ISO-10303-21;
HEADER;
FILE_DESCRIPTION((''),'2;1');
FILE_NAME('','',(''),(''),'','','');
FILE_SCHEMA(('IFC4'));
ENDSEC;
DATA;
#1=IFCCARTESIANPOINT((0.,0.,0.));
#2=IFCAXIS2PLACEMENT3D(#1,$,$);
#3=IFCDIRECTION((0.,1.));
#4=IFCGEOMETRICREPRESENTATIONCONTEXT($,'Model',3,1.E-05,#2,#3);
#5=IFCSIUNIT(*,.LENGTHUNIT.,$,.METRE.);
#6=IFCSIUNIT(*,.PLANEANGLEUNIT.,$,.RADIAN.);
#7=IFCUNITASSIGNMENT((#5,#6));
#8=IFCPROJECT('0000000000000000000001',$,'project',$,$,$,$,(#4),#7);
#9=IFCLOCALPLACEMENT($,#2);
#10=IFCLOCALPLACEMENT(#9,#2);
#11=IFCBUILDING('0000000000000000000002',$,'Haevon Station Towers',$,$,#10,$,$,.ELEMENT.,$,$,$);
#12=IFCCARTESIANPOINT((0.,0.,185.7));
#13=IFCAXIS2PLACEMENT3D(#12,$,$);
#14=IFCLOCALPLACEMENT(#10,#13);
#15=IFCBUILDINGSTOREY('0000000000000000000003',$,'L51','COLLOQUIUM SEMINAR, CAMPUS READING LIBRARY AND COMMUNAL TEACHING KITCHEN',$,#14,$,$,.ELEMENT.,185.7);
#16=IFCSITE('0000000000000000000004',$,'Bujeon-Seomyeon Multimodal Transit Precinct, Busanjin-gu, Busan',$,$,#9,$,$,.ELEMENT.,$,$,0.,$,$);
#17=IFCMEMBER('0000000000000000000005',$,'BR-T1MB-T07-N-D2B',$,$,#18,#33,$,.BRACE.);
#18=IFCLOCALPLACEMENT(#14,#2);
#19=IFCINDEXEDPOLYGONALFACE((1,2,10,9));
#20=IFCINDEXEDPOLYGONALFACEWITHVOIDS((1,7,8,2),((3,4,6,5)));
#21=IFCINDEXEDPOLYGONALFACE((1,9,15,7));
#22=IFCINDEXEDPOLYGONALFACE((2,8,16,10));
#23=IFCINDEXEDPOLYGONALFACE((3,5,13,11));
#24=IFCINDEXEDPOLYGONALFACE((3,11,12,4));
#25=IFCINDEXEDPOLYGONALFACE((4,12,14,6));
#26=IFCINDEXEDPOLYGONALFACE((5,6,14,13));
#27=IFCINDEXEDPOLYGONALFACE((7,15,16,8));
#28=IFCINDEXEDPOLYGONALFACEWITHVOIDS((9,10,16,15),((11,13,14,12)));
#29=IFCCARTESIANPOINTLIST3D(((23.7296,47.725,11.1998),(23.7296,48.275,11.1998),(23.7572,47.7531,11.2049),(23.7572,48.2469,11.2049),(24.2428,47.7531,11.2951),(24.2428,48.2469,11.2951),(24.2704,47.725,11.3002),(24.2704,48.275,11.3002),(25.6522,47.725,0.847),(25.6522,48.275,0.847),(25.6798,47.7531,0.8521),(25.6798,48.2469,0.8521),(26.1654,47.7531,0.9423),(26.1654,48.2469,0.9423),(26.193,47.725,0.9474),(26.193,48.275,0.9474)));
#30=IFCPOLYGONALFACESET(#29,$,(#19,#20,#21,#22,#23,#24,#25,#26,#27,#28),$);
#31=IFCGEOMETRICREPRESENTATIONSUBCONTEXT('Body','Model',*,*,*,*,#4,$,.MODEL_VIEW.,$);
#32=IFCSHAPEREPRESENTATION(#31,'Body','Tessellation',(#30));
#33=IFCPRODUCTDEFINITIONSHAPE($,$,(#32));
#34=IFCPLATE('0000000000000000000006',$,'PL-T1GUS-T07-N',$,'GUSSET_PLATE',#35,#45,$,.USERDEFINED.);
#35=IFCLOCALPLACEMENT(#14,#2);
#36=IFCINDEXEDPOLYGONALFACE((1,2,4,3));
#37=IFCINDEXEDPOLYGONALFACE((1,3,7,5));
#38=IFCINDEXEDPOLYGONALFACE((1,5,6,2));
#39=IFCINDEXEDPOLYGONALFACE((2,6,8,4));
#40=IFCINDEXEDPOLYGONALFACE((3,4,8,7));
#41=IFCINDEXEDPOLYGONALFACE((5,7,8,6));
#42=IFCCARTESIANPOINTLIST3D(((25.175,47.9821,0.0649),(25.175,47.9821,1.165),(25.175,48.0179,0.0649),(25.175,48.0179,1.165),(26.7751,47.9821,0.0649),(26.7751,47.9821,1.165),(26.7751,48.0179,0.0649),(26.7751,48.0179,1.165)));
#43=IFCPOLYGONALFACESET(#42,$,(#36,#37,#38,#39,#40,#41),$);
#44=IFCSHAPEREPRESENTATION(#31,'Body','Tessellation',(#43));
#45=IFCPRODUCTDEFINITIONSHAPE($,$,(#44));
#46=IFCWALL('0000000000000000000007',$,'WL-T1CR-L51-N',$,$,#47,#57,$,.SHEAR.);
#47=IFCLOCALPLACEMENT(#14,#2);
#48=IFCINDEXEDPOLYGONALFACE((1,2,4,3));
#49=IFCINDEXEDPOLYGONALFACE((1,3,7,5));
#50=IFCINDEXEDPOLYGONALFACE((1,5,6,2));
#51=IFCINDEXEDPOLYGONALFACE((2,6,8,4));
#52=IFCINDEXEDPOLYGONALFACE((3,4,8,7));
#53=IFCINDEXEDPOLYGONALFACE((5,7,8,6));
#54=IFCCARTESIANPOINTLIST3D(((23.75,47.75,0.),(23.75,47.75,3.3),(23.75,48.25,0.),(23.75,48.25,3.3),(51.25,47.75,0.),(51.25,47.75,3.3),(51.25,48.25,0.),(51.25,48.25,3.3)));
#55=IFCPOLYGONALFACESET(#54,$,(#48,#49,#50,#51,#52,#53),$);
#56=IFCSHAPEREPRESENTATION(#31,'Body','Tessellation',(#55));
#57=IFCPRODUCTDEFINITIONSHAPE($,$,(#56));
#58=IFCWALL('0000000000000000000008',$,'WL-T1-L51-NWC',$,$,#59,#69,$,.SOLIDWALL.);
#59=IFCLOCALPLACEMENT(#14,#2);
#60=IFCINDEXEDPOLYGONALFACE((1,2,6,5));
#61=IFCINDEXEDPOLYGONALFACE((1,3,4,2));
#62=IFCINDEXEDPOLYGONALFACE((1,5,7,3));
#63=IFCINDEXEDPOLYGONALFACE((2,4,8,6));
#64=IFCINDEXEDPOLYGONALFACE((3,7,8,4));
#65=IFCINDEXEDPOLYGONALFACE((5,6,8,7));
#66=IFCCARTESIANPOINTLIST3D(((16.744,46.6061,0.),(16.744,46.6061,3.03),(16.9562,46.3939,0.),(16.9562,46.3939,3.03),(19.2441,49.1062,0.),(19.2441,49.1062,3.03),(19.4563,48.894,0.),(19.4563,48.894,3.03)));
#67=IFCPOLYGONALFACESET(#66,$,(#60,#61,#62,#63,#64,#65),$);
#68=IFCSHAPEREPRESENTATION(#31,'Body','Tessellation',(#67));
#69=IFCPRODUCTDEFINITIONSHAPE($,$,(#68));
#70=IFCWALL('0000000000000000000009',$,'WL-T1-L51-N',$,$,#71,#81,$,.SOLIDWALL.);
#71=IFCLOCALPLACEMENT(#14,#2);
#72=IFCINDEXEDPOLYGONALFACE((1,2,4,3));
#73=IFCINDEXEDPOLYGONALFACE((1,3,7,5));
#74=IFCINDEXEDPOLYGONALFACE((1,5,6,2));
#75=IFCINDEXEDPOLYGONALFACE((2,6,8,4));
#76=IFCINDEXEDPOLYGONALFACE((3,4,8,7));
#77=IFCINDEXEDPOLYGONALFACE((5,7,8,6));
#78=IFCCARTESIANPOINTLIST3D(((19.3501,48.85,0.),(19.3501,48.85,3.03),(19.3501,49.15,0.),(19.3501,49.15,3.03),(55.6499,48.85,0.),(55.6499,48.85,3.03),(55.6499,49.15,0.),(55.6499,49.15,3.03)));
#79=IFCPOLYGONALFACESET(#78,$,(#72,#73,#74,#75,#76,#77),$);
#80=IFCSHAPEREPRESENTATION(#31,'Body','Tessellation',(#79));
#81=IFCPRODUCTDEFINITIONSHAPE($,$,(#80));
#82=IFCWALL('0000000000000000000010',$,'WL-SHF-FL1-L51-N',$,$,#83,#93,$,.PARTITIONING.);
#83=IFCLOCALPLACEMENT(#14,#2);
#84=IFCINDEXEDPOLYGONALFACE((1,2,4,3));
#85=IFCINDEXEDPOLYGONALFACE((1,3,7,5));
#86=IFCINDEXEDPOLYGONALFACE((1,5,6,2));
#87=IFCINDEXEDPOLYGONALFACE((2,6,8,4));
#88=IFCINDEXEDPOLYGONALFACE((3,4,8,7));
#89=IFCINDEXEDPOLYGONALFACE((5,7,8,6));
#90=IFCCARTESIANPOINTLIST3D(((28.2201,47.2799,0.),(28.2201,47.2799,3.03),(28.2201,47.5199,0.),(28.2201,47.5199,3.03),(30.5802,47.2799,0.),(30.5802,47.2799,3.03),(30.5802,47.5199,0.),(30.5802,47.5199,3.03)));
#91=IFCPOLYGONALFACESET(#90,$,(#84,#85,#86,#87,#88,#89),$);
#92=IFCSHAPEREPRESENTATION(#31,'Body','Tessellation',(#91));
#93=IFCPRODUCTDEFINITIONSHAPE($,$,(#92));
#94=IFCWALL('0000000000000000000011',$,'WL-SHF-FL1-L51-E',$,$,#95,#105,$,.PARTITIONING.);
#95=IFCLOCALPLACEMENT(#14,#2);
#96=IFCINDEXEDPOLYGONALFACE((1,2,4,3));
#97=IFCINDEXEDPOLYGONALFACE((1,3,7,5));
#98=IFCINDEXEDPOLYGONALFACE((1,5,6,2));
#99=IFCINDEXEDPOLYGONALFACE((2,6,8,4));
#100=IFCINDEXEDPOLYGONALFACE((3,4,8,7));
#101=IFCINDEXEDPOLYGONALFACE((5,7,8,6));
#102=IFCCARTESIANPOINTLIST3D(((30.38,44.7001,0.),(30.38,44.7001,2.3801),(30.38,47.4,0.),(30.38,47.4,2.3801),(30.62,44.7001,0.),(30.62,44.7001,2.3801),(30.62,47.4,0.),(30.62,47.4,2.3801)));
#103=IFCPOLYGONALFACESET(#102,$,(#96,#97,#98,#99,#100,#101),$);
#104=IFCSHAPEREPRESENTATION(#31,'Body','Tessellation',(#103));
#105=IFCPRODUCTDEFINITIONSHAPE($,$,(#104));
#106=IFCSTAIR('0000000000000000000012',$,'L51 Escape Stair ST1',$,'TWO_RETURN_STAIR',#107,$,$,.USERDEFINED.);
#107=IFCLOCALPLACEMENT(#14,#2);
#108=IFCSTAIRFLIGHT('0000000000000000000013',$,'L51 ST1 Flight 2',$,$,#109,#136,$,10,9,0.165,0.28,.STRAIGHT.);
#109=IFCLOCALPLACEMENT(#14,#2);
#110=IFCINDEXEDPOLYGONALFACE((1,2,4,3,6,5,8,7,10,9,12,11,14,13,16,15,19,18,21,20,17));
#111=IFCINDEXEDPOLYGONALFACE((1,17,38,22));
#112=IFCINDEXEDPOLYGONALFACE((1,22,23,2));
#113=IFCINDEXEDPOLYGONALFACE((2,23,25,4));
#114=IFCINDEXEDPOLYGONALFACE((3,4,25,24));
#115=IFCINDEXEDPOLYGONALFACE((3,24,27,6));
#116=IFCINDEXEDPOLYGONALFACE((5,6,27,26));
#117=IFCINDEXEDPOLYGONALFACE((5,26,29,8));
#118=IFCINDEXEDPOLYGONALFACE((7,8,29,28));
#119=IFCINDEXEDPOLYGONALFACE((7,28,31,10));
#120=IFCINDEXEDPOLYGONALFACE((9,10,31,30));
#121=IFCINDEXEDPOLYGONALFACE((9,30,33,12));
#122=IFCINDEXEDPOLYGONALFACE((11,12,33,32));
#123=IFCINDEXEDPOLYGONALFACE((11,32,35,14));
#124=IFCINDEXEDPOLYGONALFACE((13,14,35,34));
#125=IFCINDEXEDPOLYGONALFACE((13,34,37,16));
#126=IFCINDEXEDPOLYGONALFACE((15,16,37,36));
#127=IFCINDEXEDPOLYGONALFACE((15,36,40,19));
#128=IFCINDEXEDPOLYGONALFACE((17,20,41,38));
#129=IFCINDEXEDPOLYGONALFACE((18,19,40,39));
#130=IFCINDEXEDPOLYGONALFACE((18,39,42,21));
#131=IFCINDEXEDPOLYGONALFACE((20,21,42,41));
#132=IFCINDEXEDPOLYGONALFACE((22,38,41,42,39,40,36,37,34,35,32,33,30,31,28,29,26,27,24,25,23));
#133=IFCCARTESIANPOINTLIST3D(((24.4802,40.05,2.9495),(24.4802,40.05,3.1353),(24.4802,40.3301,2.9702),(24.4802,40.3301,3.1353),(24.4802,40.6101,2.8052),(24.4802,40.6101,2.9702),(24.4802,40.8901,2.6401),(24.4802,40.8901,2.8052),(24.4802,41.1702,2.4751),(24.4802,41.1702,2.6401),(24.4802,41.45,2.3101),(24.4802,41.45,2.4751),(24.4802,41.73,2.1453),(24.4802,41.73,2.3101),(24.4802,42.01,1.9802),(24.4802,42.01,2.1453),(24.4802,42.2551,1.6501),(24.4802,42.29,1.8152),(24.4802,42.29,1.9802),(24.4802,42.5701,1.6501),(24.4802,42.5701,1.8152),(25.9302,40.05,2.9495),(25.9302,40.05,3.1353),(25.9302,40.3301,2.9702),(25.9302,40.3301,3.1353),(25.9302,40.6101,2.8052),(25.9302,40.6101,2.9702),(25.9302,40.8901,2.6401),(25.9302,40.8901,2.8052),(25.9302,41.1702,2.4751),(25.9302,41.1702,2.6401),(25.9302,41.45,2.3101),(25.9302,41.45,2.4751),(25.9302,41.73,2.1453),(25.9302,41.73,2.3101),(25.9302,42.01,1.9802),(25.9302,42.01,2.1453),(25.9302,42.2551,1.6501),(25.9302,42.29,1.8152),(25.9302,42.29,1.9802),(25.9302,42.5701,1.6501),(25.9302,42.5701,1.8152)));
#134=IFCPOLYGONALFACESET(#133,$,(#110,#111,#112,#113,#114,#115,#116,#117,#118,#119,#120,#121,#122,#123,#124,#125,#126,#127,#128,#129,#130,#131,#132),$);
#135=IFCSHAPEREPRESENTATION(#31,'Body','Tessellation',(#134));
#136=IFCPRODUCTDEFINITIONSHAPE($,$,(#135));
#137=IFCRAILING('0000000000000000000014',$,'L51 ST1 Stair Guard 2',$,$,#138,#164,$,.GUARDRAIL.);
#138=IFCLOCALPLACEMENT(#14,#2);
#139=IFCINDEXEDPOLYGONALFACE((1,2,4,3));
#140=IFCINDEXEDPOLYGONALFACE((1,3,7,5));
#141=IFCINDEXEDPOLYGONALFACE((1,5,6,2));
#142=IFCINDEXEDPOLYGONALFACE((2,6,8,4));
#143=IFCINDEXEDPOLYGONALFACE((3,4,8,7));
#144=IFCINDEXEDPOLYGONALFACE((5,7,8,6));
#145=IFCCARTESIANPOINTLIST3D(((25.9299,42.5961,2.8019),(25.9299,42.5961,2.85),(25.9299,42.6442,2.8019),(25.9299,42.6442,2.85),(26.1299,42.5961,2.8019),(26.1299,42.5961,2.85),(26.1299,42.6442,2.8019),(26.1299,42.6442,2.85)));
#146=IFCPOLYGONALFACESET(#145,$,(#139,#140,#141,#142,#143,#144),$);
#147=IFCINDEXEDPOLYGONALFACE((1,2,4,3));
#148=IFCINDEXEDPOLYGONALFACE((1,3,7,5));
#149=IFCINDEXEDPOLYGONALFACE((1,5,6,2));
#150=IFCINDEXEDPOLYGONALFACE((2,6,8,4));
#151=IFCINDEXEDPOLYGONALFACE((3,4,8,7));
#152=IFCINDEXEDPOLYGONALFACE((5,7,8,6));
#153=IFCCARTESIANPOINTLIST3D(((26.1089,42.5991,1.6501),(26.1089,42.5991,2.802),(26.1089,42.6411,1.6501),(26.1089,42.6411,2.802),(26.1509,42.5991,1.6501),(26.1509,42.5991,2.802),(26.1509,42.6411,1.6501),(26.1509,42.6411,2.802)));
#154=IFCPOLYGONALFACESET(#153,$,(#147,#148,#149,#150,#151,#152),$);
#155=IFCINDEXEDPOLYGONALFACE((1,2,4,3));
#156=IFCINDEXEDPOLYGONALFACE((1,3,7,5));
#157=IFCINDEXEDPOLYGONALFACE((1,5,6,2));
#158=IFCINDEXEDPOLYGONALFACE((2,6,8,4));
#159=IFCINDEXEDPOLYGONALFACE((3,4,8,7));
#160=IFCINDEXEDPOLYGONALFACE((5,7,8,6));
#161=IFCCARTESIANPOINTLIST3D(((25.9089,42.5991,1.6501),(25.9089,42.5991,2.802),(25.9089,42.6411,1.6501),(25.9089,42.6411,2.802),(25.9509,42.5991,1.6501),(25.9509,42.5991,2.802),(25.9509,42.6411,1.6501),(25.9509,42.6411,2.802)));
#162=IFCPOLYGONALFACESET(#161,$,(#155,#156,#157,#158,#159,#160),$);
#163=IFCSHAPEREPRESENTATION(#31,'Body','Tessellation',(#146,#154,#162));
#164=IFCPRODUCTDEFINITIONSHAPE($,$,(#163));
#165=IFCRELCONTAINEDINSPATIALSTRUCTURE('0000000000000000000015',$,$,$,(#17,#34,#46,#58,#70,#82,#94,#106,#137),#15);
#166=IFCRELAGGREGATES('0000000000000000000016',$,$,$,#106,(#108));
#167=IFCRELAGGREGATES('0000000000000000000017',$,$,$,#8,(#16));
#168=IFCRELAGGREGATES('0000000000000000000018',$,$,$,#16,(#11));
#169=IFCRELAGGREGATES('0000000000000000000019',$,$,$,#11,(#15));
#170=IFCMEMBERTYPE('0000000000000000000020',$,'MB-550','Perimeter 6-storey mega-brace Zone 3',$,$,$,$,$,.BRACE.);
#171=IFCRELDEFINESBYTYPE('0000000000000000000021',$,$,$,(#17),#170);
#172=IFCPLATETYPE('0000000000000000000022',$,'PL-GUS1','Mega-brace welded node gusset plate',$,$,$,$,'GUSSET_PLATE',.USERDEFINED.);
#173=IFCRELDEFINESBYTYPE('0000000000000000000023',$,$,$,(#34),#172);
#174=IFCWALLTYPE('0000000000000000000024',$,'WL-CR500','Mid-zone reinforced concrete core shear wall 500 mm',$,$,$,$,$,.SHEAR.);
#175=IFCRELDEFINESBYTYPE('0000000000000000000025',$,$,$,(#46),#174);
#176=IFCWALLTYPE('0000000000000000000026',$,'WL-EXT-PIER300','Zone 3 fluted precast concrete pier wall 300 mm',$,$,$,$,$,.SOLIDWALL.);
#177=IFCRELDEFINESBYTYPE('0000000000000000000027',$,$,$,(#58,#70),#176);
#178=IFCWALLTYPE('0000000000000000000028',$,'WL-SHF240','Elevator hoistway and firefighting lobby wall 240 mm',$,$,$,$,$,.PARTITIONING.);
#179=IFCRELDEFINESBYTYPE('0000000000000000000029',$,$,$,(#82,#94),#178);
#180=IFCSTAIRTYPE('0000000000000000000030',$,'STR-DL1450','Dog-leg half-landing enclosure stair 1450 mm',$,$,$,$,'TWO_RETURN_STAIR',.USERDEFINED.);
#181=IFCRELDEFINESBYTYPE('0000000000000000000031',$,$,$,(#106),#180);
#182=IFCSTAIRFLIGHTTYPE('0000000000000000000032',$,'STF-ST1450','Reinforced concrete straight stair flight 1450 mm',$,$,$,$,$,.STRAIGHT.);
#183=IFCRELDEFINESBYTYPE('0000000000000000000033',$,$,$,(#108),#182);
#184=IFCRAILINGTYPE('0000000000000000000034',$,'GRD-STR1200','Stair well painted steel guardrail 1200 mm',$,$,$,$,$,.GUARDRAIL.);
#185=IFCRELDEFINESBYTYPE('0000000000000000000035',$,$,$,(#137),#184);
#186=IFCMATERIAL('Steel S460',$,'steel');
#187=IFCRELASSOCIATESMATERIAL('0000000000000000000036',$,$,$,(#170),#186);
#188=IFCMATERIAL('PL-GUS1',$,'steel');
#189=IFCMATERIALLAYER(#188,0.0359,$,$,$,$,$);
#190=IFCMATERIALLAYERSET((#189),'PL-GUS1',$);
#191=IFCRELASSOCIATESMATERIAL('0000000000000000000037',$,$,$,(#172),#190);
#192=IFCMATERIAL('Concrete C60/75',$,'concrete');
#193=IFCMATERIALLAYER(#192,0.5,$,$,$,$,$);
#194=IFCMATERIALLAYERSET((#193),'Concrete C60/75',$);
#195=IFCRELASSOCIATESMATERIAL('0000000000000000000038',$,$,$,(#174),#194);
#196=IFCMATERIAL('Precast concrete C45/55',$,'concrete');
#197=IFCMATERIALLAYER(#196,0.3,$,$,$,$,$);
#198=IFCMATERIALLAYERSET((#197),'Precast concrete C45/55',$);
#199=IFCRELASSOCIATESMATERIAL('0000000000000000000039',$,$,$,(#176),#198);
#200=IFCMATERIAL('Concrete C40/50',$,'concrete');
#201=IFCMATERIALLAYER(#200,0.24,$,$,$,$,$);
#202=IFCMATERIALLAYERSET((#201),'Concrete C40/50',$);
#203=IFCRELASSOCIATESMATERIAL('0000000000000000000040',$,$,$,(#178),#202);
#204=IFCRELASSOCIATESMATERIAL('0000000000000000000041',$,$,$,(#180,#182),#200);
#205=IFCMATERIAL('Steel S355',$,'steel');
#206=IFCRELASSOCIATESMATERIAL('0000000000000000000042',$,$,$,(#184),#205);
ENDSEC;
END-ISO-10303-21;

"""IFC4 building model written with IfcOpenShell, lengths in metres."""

from ifc_helpers import new_model, si_unit, direction, frame, frame_2d, origin, origin_2d, place, context, subcontext, project, spatial, polyline, rectangle, hollow_rectangle, outline, extrude, material, layer, layer_set, material_profile, profile_set, type_object, element, aggregate, save


model = new_model("IFC4")

# Units and contexts
model_context = context("Model", 3, precision=1e-05, world=origin(), true_north=direction((0.0, 1.0)))
body_context = subcontext(model_context, "Body", "Model", "MODEL_VIEW")
ifc_project = project(units=[si_unit("LENGTHUNIT", "METRE"), si_unit("PLANEANGLEUNIT", "RADIAN")], contexts=[model_context])

# Site, building, storey
site_placement = place(None, origin())
site = spatial("IfcSite", under=ifc_project, at=site_placement, Name="Bujeon-Seomyeon Multimodal Transit Precinct, Busanjin-gu, Busan", CompositionType="ELEMENT", RefElevation=0.0)
building_placement = place(site_placement, origin())
building = spatial("IfcBuilding", under=site, at=building_placement, Name="Haevon Station Towers", CompositionType="ELEMENT")
storey_placement = place(building_placement, frame((0.0, 0.0, 185.7)))
storey = spatial("IfcBuildingStorey", under=building, at=storey_placement, Name="L51", Description="COLLOQUIUM SEMINAR, CAMPUS READING LIBRARY AND COMMUNAL TEACHING KITCHEN", CompositionType="ELEMENT", Elevation=185.7)

# Shared definitions
ifc_material_1 = material(Name="Steel S460", Category="steel")
ifc_material_2 = material(Name="Steel S355", Category="steel")

# Member
ifc_material_profile_1 = material_profile(ifc_material_1, hollow_rectangle(XDim=0.55, YDim=0.55, WallThickness=0.0281, at=origin_2d()), Name="RHS-550x550x28")
ifc_profile_set_1 = profile_set([ifc_material_profile_1], Name="Steel S460")
member_type = type_object("IfcMemberType", Name="MB-550", Description="Perimeter 6-storey mega-brace Zone 3", PredefinedType="BRACE", material=ifc_profile_set_1)
member_placement = place(storey_placement, frame((25.9226, 48.0, 0.8972), z_axis=(-0.182587, 0.0, 0.98319), x_axis=(0.0, -1.0, 0.0)))
element("IfcMember", 1, at=member_placement, inside=storey, type_object=member_type, Name="BR-T1MB-T07-N-D2B", PredefinedType="BRACE", context=body_context, shape_type="SweptSolid", body=[
    extrude(hollow_rectangle(XDim=0.55, YDim=0.55, WallThickness=0.0281, at=origin_2d()), origin(), (0.0, 0.0, 1.0), 10.5298),
])

# Plate
ifc_material_3 = material(Name="PL-GUS1", Category="steel")
ifc_layer_1 = layer(ifc_material_3, 0.0359)
ifc_layer_set_1 = layer_set([ifc_layer_1], Name="PL-GUS1")
plate_type = type_object("IfcPlateType", Name="PL-GUS1", Description="Mega-brace welded node gusset plate", ElementType="GUSSET_PLATE", PredefinedType="USERDEFINED", material=ifc_layer_set_1)
plate_placement = place(storey_placement, frame((25.9751, 48.0, 0.0649), z_axis=(0.0, 0.0, 1.0), x_axis=(1.0, 0.0, 0.0)))
element("IfcPlate", 2, at=plate_placement, inside=storey, type_object=plate_type, Name="PL-T1GUS-T07-N", ObjectType="GUSSET_PLATE", PredefinedType="USERDEFINED", context=body_context, shape_type="SweptSolid", body=[
    extrude(rectangle(XDim=1.6001, YDim=0.0359, at=origin_2d()), origin(), (0.0, 0.0, 1.0), 1.1001),
])

# Walls
ifc_material_4 = material(Name="Concrete C60/75", Category="concrete")
ifc_layer_2 = layer(ifc_material_4, 0.5)
ifc_layer_set_2 = layer_set([ifc_layer_2], Name="Concrete C60/75")
wall_type_1 = type_object("IfcWallType", Name="WL-CR500", Description="Mid-zone reinforced concrete core shear wall 500 mm", PredefinedType="SHEAR", material=ifc_layer_set_2)
wall_1_placement = place(storey_placement, frame((23.75, 48.0, 0.0), z_axis=(0.0, 0.0, 1.0), x_axis=(1.0, 0.0, 0.0)))
element("IfcWall", 3, at=wall_1_placement, inside=storey, type_object=wall_type_1, Name="WL-T1CR-L51-N", PredefinedType="SHEAR", context=body_context, shape_type="SweptSolid", body=[
    extrude(rectangle(XDim=27.5, YDim=0.5, at=frame_2d((13.75, 0.0))), origin(), (0.0, 0.0, 1.0), 3.3),
])
ifc_material_5 = material(Name="Precast concrete C45/55", Category="concrete")
ifc_layer_3 = layer(ifc_material_5, 0.3)
ifc_layer_set_3 = layer_set([ifc_layer_3], Name="Precast concrete C45/55")
wall_type_2 = type_object("IfcWallType", Name="WL-EXT-PIER300", Description="Zone 3 fluted precast concrete pier wall 300 mm", PredefinedType="SOLIDWALL", material=ifc_layer_set_3)
wall_2_placement = place(storey_placement, frame((16.8501, 46.5, 0.0), z_axis=(0.0, 0.0, 1.0), x_axis=(0.707107, 0.707107, 0.0)))
element("IfcWall", 4, at=wall_2_placement, inside=storey, type_object=wall_type_2, Name="WL-T1-L51-NWC", PredefinedType="SOLIDWALL", context=body_context, shape_type="SweptSolid", body=[
    extrude(rectangle(XDim=3.5356, YDim=0.3, at=frame_2d((1.7678, 0.0))), origin(), (0.0, 0.0, 1.0), 3.03),
])
wall_3_placement = place(storey_placement, frame((19.3501, 49.0, 0.0), z_axis=(0.0, 0.0, 1.0), x_axis=(1.0, 0.0, 0.0)))
element("IfcWall", 5, at=wall_3_placement, inside=storey, type_object=wall_type_2, Name="WL-T1-L51-N", PredefinedType="SOLIDWALL", context=body_context, shape_type="SweptSolid", body=[
    extrude(rectangle(XDim=36.2998, YDim=0.3, at=frame_2d((18.1499, 0.0))), origin(), (0.0, 0.0, 1.0), 3.03),
])

# Shared definitions
ifc_material_6 = material(Name="Concrete C40/50", Category="concrete")
ifc_layer_4 = layer(ifc_material_6, 0.24)
ifc_layer_set_4 = layer_set([ifc_layer_4], Name="Concrete C40/50")
wall_type_3 = type_object("IfcWallType", Name="WL-SHF240", Description="Elevator hoistway and firefighting lobby wall 240 mm", PredefinedType="PARTITIONING", material=ifc_layer_set_4)

# Walls
wall_4_placement = place(storey_placement, frame((28.22, 47.3999, 0.0), z_axis=(0.0, 0.0, 1.0), x_axis=(1.0, 0.0, 0.0)))
element("IfcWall", 6, at=wall_4_placement, inside=storey, type_object=wall_type_3, Name="WL-SHF-FL1-L51-N", PredefinedType="PARTITIONING", context=body_context, shape_type="SweptSolid", body=[
    extrude(rectangle(XDim=2.3601, YDim=0.24, at=frame_2d((1.1802, 0.0))), origin(), (0.0, 0.0, 1.0), 3.03),
])
wall_5_placement = place(storey_placement, frame((30.5, 44.7, 0.0), z_axis=(0.0, 0.0, 1.0), x_axis=(0.0, 1.0, 0.0)))
element("IfcWall", 7, at=wall_5_placement, inside=storey, type_object=wall_type_3, Name="WL-SHF-FL1-L51-E", PredefinedType="PARTITIONING", context=body_context, shape_type="SweptSolid", body=[
    extrude(rectangle(XDim=2.7, YDim=0.24, at=frame_2d((1.3501, 0.0))), origin(), (0.0, 0.0, 1.0), 2.3801),
])

# Stair, stair flight
stair_type = type_object("IfcStairType", Name="STR-DL1450", Description="Dog-leg half-landing enclosure stair 1450 mm", ElementType="TWO_RETURN_STAIR", PredefinedType="USERDEFINED", material=ifc_material_6)
stair_placement = place(storey_placement, origin())
stair = element("IfcStair", 8, at=stair_placement, inside=storey, type_object=stair_type, Name="L51 Escape Stair ST1", ObjectType="TWO_RETURN_STAIR", PredefinedType="USERDEFINED")
stair_flight_type = type_object("IfcStairFlightType", Name="STF-ST1450", Description="Reinforced concrete straight stair flight 1450 mm", PredefinedType="STRAIGHT", material=ifc_material_6)
stair_flight_placement = place(storey_placement, frame((25.2051, 42.5701, 1.6501), z_axis=(0.0, 0.0, 1.0), x_axis=(0.0, -1.0, 0.0)))
stair_flight = element("IfcStairFlight", 9, at=stair_flight_placement, type_object=stair_flight_type, Name="L51 ST1 Flight 2", NumberOfRisers=10, NumberOfTreads=9, PredefinedType="STRAIGHT", RiserHeight=0.165, TreadLength=0.28, context=body_context, shape_type="SweptSolid", body=[
    extrude(outline(polyline([(0.0, 0.0), (0.0, 0.165), (0.28, 0.165), (0.28, 0.3301), (0.5601, 0.3301), (0.5601, 0.4951), (0.8401, 0.4951), (0.8401, 0.6599), (1.1201, 0.6599), (1.1201, 0.825), (1.3999, 0.825), (1.3999, 0.99), (1.6799, 0.99), (1.6799, 1.155), (1.96, 1.155), (1.96, 1.3201), (2.24, 1.3201), (2.24, 1.4851), (2.52, 1.4851), (2.52, 1.6499), (2.52, 1.2993), (0.3149, 0.0), (0.0, 0.0)])), frame((0.0, 0.7251, 0.0), z_axis=(0.0, -1.0, 0.0), x_axis=(1.0, 0.0, 0.0)), (0.0, 0.0, 1.0), 1.45),
])
aggregate(stair, [stair_flight])

# Railing
railing_type_1 = type_object("IfcRailingType", Name="GRD-STR1200", Description="Stair well painted steel guardrail 1200 mm", PredefinedType="GUARDRAIL", material=ifc_material_2)
railing_1_placement = place(storey_placement, frame((26.1299, 42.6201, 1.6501)))
element("IfcRailing", 10, at=railing_1_placement, inside=storey, type_object=railing_type_1, Name="L51 ST1 Stair Guard 2", PredefinedType="GUARDRAIL", context=body_context, shape_type="SweptSolid", body=[
    extrude(rectangle(XDim=0.0481, YDim=0.0481, at=origin_2d()), frame((0.0, 0.0, 1.1758), z_axis=(-1.0, 0.0, 0.0), x_axis=(0.0, -1.0, 0.0)), (0.0, 0.0, 1.0), 0.2),
    extrude(rectangle(XDim=0.042, YDim=0.042, at=origin_2d()), origin(), (0.0, 0.0, 1.0), 1.1519),
    extrude(rectangle(XDim=0.042, YDim=0.042, at=origin_2d()), frame((-0.2, 0.0, 0.0)), (0.0, 0.0, 1.0), 1.1519),
])

save(model, "model.ifc")
